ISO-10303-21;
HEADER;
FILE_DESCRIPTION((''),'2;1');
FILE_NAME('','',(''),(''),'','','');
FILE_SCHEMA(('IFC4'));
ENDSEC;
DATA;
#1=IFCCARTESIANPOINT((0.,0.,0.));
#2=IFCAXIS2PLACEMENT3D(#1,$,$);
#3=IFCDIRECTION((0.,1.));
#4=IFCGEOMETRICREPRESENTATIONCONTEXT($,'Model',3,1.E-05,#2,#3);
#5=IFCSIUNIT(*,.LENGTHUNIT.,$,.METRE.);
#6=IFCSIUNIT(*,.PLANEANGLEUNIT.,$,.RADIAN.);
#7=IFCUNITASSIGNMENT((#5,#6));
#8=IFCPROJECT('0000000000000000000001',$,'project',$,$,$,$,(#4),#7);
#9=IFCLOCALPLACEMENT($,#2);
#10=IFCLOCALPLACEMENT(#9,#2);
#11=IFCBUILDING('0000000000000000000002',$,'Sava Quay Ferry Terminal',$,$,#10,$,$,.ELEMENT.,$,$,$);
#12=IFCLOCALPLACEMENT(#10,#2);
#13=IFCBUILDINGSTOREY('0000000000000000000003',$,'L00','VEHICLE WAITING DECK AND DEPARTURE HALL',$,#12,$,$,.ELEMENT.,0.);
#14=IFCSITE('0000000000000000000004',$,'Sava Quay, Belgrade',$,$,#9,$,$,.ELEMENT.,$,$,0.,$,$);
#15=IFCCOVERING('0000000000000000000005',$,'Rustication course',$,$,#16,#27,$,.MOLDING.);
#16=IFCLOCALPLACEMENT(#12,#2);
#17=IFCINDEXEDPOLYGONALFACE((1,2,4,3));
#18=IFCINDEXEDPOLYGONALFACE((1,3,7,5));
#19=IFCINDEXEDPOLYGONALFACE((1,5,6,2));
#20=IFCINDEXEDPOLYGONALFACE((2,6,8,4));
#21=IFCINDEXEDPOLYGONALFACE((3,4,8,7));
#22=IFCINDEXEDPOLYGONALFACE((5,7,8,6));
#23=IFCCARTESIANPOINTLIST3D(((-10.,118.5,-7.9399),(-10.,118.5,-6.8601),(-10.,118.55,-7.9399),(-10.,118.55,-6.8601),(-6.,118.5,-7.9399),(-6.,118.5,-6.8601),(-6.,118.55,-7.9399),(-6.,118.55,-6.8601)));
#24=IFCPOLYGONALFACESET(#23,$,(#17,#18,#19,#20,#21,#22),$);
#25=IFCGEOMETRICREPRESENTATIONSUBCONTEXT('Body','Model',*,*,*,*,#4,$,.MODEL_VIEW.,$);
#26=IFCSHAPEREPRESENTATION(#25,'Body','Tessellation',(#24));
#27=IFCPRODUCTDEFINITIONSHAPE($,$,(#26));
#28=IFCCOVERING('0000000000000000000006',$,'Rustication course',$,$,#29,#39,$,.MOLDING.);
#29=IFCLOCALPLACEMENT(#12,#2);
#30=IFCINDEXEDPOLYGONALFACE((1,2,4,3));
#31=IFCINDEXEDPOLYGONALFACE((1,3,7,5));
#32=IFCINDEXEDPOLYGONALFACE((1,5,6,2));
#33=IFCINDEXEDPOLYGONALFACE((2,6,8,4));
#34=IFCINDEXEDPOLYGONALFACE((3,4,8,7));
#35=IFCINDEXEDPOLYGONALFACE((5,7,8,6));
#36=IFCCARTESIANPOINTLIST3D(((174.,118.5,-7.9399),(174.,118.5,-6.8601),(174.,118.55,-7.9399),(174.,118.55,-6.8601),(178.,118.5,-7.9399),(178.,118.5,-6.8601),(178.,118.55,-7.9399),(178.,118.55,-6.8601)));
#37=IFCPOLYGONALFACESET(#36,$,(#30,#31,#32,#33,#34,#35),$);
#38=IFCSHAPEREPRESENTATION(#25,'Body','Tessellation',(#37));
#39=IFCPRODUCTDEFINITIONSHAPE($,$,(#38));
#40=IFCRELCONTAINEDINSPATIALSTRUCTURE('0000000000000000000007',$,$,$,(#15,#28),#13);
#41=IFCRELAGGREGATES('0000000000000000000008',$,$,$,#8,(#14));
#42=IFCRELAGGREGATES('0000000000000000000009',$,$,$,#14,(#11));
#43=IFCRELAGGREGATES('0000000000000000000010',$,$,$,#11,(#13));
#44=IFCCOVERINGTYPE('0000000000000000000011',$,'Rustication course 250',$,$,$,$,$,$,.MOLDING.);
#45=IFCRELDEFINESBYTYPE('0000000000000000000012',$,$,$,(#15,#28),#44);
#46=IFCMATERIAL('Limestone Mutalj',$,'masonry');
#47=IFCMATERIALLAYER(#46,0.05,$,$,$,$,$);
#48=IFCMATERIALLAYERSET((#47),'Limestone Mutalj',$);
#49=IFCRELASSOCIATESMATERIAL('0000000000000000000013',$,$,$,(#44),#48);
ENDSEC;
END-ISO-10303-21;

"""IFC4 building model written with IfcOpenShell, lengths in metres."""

from ifc_helpers import new_model, si_unit, direction, frame, origin, place, context, subcontext, project, spatial, polyline, outline, extrude, material, layer, layer_set, type_object, element, save


model = new_model("IFC4")

# Units and contexts
model_context = context("Model", 3, precision=1e-05, world=origin(), true_north=direction((0.0, 1.0)))
body_context = subcontext(model_context, "Body", "Model", "MODEL_VIEW")
ifc_project = project(units=[si_unit("LENGTHUNIT", "METRE"), si_unit("PLANEANGLEUNIT", "RADIAN")], contexts=[model_context])

# Site, building, storey
site_placement = place(None, origin())
site = spatial("IfcSite", under=ifc_project, at=site_placement, Name="Sava Quay, Belgrade", CompositionType="ELEMENT", RefElevation=0.0)
building_placement = place(site_placement, origin())
building = spatial("IfcBuilding", under=site, at=building_placement, Name="Sava Quay Ferry Terminal", CompositionType="ELEMENT")
storey_placement = place(building_placement, origin())
storey = spatial("IfcBuildingStorey", under=building, at=storey_placement, Name="L00", Description="VEHICLE WAITING DECK AND DEPARTURE HALL", CompositionType="ELEMENT", Elevation=0.0)

# Coverings
ifc_material_1 = material(Name="Limestone Mutalj", Category="masonry")
ifc_layer_1 = layer(ifc_material_1, 0.05)
ifc_layer_set_1 = layer_set([ifc_layer_1], Name="Limestone Mutalj")
covering_type_1 = type_object("IfcCoveringType", Name="Rustication course 250", PredefinedType="MOLDING", material=ifc_layer_set_1)
covering_1_placement = place(storey_placement, frame((0.0, 0.0, -7.9399)))
element("IfcCovering", 1, at=covering_1_placement, inside=storey, type_object=covering_type_1, Name="Rustication course", PredefinedType="MOLDING", context=body_context, shape_type="SweptSolid", body=[
    extrude(outline(polyline([(-6.0, 118.5), (-6.0, 118.55), (-10.0, 118.55), (-10.0, 118.5), (-6.0, 118.5)])), origin(), (0.0, 0.0, 1.0), 1.0798),
])
covering_2_placement = place(storey_placement, frame((0.0, 0.0, -7.9399)))
element("IfcCovering", 2, at=covering_2_placement, inside=storey, type_object=covering_type_1, Name="Rustication course", PredefinedType="MOLDING", context=body_context, shape_type="SweptSolid", body=[
    extrude(outline(polyline([(178.0, 118.5), (178.0, 118.55), (174.0, 118.55), (174.0, 118.5), (178.0, 118.5)])), origin(), (0.0, 0.0, 1.0), 1.0798),
])

save(model, "model.ifc")
